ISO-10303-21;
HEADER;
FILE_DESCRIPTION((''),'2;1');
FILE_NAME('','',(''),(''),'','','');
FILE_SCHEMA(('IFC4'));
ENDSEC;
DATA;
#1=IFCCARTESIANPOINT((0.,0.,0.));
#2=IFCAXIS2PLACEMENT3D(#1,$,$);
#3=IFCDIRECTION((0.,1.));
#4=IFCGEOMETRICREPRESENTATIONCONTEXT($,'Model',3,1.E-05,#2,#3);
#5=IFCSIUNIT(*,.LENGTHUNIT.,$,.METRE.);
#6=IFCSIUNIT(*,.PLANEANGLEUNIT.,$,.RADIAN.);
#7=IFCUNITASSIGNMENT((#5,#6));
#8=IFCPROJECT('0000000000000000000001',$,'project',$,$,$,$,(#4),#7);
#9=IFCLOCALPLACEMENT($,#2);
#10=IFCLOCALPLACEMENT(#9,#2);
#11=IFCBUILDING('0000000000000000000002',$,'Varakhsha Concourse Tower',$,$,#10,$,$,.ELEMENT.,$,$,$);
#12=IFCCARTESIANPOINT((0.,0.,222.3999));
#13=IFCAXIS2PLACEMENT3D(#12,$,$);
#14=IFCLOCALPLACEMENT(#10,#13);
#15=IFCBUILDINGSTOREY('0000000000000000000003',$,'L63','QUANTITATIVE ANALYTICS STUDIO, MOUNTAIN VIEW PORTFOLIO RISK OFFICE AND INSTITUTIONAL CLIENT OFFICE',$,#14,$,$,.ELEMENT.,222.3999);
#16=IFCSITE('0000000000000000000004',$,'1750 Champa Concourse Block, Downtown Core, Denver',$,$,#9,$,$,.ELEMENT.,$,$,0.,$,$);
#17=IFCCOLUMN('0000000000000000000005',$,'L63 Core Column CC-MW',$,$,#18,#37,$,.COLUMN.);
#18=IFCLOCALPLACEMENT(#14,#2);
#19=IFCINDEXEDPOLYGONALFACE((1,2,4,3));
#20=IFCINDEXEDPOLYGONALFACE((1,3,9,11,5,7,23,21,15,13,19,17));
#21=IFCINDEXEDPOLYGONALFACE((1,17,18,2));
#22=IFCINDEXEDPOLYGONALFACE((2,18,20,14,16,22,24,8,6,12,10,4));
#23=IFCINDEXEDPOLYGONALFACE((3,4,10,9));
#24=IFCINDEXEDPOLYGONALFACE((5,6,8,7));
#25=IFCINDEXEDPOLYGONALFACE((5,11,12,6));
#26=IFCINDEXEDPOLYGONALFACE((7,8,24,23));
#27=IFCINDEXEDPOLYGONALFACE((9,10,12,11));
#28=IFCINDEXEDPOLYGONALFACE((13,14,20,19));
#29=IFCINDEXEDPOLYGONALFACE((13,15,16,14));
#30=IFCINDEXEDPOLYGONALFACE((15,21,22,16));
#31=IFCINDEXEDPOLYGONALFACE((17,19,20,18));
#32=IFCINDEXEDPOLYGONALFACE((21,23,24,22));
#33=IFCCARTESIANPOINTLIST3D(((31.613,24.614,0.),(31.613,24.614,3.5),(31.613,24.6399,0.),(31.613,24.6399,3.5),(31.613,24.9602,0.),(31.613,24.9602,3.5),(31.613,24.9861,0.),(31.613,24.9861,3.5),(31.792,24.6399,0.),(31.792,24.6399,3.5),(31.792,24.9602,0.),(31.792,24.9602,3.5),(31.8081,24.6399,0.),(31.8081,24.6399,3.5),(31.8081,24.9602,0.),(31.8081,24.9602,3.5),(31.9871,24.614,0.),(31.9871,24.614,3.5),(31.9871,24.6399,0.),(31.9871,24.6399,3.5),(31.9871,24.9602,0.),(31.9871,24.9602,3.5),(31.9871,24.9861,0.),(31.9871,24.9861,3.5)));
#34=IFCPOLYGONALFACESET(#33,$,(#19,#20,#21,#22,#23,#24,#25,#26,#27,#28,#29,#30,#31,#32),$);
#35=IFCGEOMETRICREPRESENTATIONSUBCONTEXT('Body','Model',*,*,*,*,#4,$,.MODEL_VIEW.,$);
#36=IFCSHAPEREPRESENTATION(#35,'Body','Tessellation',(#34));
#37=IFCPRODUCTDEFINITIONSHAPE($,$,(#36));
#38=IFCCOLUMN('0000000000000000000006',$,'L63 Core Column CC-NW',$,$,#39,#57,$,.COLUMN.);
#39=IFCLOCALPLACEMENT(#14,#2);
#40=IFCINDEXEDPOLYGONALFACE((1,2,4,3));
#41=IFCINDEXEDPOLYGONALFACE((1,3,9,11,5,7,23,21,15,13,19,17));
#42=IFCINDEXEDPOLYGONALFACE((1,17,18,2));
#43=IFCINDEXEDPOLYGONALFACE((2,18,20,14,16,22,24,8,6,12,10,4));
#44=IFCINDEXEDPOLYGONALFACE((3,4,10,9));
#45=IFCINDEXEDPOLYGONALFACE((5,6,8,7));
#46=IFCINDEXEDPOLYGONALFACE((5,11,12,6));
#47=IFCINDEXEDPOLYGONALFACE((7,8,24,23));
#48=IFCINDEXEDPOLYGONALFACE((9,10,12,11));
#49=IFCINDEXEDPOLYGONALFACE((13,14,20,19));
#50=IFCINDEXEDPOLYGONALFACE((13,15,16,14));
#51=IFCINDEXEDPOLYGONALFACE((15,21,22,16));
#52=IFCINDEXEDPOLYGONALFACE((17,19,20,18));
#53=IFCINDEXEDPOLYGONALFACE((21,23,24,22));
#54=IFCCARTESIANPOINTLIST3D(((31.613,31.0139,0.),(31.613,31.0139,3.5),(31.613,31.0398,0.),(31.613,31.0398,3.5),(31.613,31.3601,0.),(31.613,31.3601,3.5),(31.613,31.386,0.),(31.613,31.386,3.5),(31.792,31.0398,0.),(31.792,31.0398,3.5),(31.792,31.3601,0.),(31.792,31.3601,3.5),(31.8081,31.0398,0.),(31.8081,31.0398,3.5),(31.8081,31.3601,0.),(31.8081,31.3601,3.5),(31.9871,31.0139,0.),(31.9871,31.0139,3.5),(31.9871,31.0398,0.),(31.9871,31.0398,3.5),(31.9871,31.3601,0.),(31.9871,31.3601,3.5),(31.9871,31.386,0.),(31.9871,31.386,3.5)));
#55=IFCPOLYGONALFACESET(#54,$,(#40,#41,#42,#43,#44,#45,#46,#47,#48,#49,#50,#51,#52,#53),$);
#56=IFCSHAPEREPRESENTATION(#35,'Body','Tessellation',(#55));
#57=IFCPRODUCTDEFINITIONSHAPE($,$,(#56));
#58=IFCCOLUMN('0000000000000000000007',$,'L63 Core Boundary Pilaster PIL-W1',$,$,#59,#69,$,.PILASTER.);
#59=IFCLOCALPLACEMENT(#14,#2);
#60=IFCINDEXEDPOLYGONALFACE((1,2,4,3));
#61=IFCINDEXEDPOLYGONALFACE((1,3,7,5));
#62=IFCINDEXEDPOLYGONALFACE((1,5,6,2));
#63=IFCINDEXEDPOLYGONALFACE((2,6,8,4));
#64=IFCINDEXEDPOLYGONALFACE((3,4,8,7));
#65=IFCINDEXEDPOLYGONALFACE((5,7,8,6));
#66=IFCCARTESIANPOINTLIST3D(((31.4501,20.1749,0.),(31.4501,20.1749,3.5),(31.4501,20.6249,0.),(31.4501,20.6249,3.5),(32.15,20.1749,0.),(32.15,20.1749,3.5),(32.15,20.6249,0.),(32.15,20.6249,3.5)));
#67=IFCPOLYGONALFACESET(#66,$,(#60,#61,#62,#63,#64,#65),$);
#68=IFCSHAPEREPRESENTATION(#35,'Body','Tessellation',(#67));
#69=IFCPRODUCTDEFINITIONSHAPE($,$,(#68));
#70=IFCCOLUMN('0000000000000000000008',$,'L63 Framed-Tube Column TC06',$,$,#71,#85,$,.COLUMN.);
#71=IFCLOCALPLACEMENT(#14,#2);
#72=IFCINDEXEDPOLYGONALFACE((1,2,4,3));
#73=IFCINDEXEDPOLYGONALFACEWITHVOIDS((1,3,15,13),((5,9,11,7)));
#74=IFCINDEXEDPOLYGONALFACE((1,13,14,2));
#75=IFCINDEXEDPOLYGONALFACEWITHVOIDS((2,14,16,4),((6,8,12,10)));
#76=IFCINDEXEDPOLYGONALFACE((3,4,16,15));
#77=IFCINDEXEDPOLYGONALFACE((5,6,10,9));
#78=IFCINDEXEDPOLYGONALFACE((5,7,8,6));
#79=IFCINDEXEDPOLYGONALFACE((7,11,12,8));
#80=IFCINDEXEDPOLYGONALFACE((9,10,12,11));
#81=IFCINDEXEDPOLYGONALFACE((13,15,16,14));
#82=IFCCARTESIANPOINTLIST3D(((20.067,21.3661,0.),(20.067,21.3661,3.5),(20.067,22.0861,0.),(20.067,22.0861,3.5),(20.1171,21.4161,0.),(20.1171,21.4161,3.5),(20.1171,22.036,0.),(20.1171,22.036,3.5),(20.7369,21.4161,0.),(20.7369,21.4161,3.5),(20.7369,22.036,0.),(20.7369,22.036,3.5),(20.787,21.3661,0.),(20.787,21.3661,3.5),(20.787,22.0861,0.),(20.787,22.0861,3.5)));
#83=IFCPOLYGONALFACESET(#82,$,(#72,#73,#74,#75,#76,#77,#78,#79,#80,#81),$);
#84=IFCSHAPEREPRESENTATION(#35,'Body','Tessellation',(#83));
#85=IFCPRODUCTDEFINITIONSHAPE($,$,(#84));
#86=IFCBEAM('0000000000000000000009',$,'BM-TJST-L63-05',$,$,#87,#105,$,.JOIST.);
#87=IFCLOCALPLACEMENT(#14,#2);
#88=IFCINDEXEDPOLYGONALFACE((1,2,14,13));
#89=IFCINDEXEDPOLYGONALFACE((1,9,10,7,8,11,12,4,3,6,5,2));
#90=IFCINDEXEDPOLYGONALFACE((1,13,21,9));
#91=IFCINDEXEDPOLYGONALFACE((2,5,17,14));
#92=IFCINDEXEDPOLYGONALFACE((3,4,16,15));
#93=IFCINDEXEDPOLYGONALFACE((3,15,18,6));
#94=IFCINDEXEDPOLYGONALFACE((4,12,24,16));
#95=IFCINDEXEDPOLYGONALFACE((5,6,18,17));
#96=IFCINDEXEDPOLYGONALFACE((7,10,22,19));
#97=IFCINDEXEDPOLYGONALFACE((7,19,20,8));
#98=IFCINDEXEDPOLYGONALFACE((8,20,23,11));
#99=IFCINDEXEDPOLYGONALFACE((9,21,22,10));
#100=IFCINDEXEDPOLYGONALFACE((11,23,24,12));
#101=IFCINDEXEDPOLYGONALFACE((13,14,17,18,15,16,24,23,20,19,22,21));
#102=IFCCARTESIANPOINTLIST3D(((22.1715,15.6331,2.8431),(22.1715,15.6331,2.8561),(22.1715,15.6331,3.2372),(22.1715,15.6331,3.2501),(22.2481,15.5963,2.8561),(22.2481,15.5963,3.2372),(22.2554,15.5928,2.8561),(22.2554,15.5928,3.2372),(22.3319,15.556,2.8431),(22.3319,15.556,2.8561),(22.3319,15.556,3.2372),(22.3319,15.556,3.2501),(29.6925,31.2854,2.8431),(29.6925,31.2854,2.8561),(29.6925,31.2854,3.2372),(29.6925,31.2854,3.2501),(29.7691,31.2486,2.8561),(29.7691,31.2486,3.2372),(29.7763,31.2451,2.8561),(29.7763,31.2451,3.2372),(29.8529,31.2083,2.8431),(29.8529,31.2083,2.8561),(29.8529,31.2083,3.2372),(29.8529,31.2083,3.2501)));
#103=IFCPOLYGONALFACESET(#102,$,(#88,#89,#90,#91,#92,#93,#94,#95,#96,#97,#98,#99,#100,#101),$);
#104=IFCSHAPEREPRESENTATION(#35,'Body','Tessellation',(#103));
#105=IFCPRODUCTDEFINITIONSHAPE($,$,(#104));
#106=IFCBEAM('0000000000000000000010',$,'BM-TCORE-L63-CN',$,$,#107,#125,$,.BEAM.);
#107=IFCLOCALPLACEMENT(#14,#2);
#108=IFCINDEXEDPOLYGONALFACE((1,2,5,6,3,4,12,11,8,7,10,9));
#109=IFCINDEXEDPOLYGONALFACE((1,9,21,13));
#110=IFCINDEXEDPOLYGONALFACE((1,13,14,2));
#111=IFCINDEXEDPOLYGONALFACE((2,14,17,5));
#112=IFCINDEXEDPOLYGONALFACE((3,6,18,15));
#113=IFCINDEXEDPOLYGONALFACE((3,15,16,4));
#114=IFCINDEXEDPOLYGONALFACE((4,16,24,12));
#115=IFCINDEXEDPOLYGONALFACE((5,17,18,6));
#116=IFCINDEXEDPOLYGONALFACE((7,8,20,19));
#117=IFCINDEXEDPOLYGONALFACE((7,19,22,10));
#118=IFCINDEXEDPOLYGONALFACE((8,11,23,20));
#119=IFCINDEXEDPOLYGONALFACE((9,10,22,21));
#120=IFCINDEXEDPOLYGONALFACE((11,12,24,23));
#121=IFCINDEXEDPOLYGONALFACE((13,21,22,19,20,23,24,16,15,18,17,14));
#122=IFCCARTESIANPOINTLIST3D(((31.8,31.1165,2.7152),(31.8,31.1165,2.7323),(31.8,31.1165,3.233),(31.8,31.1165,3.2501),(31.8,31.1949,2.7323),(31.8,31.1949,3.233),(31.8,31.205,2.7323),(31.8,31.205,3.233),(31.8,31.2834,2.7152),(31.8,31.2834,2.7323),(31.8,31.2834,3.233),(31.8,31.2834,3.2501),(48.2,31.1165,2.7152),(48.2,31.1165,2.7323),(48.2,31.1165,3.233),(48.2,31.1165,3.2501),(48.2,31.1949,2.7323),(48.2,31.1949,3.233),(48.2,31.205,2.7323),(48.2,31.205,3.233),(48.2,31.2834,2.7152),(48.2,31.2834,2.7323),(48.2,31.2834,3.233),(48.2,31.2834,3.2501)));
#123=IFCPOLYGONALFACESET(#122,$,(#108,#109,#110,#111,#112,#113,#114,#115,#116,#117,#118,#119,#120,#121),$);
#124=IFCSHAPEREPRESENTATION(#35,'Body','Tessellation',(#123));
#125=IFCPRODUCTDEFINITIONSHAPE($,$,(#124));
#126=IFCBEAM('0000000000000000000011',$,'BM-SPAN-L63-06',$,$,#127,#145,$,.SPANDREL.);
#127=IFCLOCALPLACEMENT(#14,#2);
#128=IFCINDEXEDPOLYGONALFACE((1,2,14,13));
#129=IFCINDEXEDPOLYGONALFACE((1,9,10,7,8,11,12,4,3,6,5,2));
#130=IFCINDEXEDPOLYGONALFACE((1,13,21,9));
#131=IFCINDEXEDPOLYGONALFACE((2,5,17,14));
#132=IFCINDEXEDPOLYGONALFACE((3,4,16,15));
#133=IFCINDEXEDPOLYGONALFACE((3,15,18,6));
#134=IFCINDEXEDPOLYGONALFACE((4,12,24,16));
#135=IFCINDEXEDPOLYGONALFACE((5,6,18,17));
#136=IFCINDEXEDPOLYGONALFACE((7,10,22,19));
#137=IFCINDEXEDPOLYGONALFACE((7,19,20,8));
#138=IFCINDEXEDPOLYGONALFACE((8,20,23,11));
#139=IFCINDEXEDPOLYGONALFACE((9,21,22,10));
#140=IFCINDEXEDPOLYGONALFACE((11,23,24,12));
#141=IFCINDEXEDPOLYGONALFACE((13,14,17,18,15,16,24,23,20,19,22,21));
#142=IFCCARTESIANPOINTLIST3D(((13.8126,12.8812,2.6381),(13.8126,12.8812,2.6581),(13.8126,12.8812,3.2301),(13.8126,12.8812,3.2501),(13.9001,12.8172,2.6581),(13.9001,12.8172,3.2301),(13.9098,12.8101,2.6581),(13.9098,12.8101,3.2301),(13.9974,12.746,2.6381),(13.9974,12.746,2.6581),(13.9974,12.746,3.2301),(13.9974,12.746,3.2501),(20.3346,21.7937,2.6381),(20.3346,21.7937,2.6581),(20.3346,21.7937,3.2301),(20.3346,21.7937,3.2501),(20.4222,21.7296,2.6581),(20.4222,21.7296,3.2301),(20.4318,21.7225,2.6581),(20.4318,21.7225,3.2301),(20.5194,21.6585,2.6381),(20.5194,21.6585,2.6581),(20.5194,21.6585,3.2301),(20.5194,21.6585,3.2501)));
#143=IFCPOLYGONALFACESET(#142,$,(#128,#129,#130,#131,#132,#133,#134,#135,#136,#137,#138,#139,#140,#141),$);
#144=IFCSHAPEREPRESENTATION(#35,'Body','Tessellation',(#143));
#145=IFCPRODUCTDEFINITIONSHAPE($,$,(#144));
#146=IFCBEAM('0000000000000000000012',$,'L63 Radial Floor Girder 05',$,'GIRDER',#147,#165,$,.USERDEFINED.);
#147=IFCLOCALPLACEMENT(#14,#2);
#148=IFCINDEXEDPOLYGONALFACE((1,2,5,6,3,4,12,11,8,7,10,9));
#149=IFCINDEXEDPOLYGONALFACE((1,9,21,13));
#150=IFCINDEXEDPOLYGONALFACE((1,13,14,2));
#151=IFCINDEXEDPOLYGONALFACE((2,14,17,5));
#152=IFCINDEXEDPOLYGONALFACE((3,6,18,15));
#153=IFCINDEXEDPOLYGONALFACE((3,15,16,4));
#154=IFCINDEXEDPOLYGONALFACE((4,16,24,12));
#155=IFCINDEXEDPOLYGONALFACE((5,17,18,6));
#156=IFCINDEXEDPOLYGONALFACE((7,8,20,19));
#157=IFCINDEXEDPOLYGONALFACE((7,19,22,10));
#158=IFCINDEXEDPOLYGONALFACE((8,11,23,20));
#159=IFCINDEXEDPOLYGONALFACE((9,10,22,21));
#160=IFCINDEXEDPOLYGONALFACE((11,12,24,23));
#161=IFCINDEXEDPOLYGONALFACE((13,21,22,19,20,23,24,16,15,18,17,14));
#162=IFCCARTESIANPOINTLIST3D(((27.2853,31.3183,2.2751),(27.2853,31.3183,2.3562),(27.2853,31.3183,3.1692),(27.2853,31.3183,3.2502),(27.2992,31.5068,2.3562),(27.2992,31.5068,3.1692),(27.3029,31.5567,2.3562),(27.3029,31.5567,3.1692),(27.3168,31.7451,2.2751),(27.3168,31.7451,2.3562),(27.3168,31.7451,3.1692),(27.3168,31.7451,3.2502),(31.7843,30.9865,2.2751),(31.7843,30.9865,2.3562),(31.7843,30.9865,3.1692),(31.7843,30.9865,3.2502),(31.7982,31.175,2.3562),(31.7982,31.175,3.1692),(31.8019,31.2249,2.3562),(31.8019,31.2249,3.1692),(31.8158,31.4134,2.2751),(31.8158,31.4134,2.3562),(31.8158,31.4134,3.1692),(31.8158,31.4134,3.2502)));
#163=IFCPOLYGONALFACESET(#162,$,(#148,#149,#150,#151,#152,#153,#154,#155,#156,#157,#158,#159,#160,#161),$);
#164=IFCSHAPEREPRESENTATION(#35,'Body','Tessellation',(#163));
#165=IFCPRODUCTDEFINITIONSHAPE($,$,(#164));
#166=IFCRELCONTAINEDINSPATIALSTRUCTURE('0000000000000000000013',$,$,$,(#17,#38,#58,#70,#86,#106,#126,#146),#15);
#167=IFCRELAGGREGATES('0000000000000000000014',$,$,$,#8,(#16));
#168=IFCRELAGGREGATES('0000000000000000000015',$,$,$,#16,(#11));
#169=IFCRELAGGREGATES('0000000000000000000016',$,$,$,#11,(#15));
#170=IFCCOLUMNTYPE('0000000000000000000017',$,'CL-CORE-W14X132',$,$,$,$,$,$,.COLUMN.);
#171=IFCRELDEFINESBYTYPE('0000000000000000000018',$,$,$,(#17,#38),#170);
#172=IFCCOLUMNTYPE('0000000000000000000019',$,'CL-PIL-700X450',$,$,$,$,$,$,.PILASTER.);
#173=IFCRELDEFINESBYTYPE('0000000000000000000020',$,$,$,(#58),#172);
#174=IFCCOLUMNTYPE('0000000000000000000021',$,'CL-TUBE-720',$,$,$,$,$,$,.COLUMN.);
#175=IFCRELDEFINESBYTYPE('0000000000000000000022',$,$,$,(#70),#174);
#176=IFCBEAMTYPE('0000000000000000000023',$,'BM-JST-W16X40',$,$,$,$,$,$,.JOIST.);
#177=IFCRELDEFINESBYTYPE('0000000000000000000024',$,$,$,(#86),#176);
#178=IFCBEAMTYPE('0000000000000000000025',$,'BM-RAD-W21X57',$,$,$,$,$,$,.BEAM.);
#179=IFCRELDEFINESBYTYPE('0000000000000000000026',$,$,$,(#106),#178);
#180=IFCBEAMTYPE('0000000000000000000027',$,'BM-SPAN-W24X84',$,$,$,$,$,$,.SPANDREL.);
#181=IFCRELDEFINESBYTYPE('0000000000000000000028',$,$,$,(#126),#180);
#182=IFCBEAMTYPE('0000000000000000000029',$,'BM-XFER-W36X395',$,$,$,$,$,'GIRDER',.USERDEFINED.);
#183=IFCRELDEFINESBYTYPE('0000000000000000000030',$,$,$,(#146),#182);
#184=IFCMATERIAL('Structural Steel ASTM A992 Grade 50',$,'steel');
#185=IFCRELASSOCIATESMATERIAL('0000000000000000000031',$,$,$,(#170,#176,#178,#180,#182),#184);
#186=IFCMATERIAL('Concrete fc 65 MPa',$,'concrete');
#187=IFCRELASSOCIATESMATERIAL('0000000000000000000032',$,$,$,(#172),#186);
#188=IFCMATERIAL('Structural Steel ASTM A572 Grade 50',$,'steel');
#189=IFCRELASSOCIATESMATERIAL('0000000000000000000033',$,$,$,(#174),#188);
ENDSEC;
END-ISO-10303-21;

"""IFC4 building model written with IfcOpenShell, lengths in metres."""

from ifc_helpers import new_model, si_unit, direction, frame, origin, origin_2d, place, context, subcontext, project, spatial, rectangle, hollow_rectangle, i_section, extrude, material, material_profile, profile_set, type_object, element, save


model = new_model("IFC4")

# Units and contexts
model_context = context("Model", 3, precision=1e-05, world=origin(), true_north=direction((0.0, 1.0)))
body_context = subcontext(model_context, "Body", "Model", "MODEL_VIEW")
ifc_project = project(units=[si_unit("LENGTHUNIT", "METRE"), si_unit("PLANEANGLEUNIT", "RADIAN")], contexts=[model_context])

# Site, building, storey
site_placement = place(None, origin())
site = spatial("IfcSite", under=ifc_project, at=site_placement, Name="1750 Champa Concourse Block, Downtown Core, Denver", CompositionType="ELEMENT", RefElevation=0.0)
building_placement = place(site_placement, origin())
building = spatial("IfcBuilding", under=site, at=building_placement, Name="Varakhsha Concourse Tower", CompositionType="ELEMENT")
storey_placement = place(building_placement, frame((0.0, 0.0, 222.3999)))
storey = spatial("IfcBuildingStorey", under=building, at=storey_placement, Name="L63", Description="QUANTITATIVE ANALYTICS STUDIO, MOUNTAIN VIEW PORTFOLIO RISK OFFICE AND INSTITUTIONAL CLIENT OFFICE", CompositionType="ELEMENT", Elevation=222.3999)

# Columns
ifc_material_1 = material(Name="Structural Steel ASTM A992 Grade 50", Category="steel")
ifc_material_profile_1 = material_profile(ifc_material_1, i_section(OverallWidth=0.374, OverallDepth=0.3721, WebThickness=0.0161, FlangeThickness=0.0259, at=origin_2d()), Name="W14X132")
ifc_profile_set_1 = profile_set([ifc_material_profile_1], Name="Structural Steel ASTM A992 Grade 50")
column_type_1 = type_object("IfcColumnType", Name="CL-CORE-W14X132", PredefinedType="COLUMN", material=ifc_profile_set_1)
for number, where, z_axis, x_axis, name in (
    (1, (31.8, 24.8, 0.0), (0.0, 0.0, 1.0), (1.0, 0.0, 0.0), "L63 Core Column CC-MW"),
    (2, (31.8, 31.2, 0.0), (0.0, 0.0, 1.0), (1.0, 0.0, 0.0), "L63 Core Column CC-NW"),
):
    element("IfcColumn", number, at=place(storey_placement, frame(where, z_axis=z_axis, x_axis=x_axis)), inside=storey, type_object=column_type_1, Name=name, PredefinedType="COLUMN", context=body_context, shape_type="SweptSolid", body=[
        extrude(i_section(OverallWidth=0.374, OverallDepth=0.3721, WebThickness=0.0161, FlangeThickness=0.0259, at=origin_2d()), origin(), (0.0, 0.0, 1.0), 3.5),
    ])
ifc_material_2 = material(Name="Concrete fc 65 MPa", Category="concrete")
ifc_material_profile_2 = material_profile(ifc_material_2, rectangle(XDim=0.7, YDim=0.45, at=origin_2d()), Name="RC 700x450")
ifc_profile_set_2 = profile_set([ifc_material_profile_2], Name="Concrete fc 65 MPa")
column_type_2 = type_object("IfcColumnType", Name="CL-PIL-700X450", PredefinedType="PILASTER", material=ifc_profile_set_2)
column_1_placement = place(storey_placement, frame((31.8, 20.3999, 0.0), z_axis=(0.0, 0.0, 1.0), x_axis=(1.0, 0.0, 0.0)))
element("IfcColumn", 3, at=column_1_placement, inside=storey, type_object=column_type_2, Name="L63 Core Boundary Pilaster PIL-W1", PredefinedType="PILASTER", context=body_context, shape_type="SweptSolid", body=[
    extrude(rectangle(XDim=0.7, YDim=0.45, at=origin_2d()), origin(), (0.0, 0.0, 1.0), 3.5),
])
ifc_material_3 = material(Name="Structural Steel ASTM A572 Grade 50", Category="steel")
ifc_material_profile_3 = material_profile(ifc_material_3, hollow_rectangle(XDim=0.72, YDim=0.72, WallThickness=0.05, at=origin_2d()), Name="BOX 720x720x50")
ifc_profile_set_3 = profile_set([ifc_material_profile_3], Name="Structural Steel ASTM A572 Grade 50")
column_type_3 = type_object("IfcColumnType", Name="CL-TUBE-720", PredefinedType="COLUMN", material=ifc_profile_set_3)
column_2_placement = place(storey_placement, frame((20.427, 21.7261, 0.0), z_axis=(0.0, 0.0, 1.0), x_axis=(1.0, 0.0, 0.0)))
element("IfcColumn", 4, at=column_2_placement, inside=storey, type_object=column_type_3, Name="L63 Framed-Tube Column TC06", PredefinedType="COLUMN", context=body_context, shape_type="SweptSolid", body=[
    extrude(hollow_rectangle(XDim=0.72, YDim=0.72, WallThickness=0.05, at=origin_2d()), origin(), (0.0, 0.0, 1.0), 3.5),
])

# Beams
ifc_material_profile_4 = material_profile(ifc_material_1, i_section(OverallWidth=0.178, OverallDepth=0.407, WebThickness=0.0081, FlangeThickness=0.0129, at=origin_2d()), Name="W16X40")
ifc_profile_set_4 = profile_set([ifc_material_profile_4], Name="Structural Steel ASTM A992 Grade 50")
beam_type_1 = type_object("IfcBeamType", Name="BM-JST-W16X40", PredefinedType="JOIST", material=ifc_profile_set_4)
beam_1_placement = place(storey_placement, frame((29.7727, 31.2468, 3.0466), z_axis=(-0.433099, -0.901346, 0.0), x_axis=(0.901346, -0.433099, 0.0)))
element("IfcBeam", 5, at=beam_1_placement, inside=storey, type_object=beam_type_1, Name="BM-TJST-L63-05", PredefinedType="JOIST", context=body_context, shape_type="SweptSolid", body=[
    extrude(i_section(OverallWidth=0.178, OverallDepth=0.407, WebThickness=0.0081, FlangeThickness=0.0129, at=origin_2d()), origin(), (0.0, 0.0, 1.0), 17.3655),
])
ifc_material_profile_5 = material_profile(ifc_material_1, i_section(OverallWidth=0.167, OverallDepth=0.5349, WebThickness=0.01, FlangeThickness=0.0171, at=origin_2d()), Name="W21X57")
ifc_profile_set_5 = profile_set([ifc_material_profile_5], Name="Structural Steel ASTM A992 Grade 50")
beam_type_2 = type_object("IfcBeamType", Name="BM-RAD-W21X57", PredefinedType="BEAM", material=ifc_profile_set_5)
beam_2_placement = place(storey_placement, frame((31.8, 31.2, 2.9827), z_axis=(1.0, 0.0, 0.0), x_axis=(0.0, 1.0, 0.0)))
element("IfcBeam", 6, at=beam_2_placement, inside=storey, type_object=beam_type_2, Name="BM-TCORE-L63-CN", PredefinedType="BEAM", context=body_context, shape_type="SweptSolid", body=[
    extrude(i_section(OverallWidth=0.167, OverallDepth=0.5349, WebThickness=0.01, FlangeThickness=0.0171, at=origin_2d()), origin(), (0.0, 0.0, 1.0), 16.3999),
])
ifc_material_profile_6 = material_profile(ifc_material_1, i_section(OverallWidth=0.229, OverallDepth=0.6121, WebThickness=0.012, FlangeThickness=0.02, at=origin_2d()), Name="W24X84")
ifc_profile_set_6 = profile_set([ifc_material_profile_6], Name="Structural Steel ASTM A992 Grade 50")
beam_type_3 = type_object("IfcBeamType", Name="BM-SPAN-W24X84", PredefinedType="SPANDREL", material=ifc_profile_set_6)
beam_3_placement = place(storey_placement, frame((20.427, 21.7261, 2.9441), z_axis=(-0.590554, -0.806998, 0.0), x_axis=(0.806998, -0.590554, 0.0)))
element("IfcBeam", 7, at=beam_3_placement, inside=storey, type_object=beam_type_3, Name="BM-SPAN-L63-06", PredefinedType="SPANDREL", context=body_context, shape_type="SweptSolid", body=[
    extrude(i_section(OverallWidth=0.229, OverallDepth=0.6121, WebThickness=0.012, FlangeThickness=0.02, at=origin_2d()), origin(), (0.0, 0.0, 1.0), 11.0439),
])
ifc_material_profile_7 = material_profile(ifc_material_1, i_section(OverallWidth=0.428, OverallDepth=0.9751, WebThickness=0.05, FlangeThickness=0.0811, at=origin_2d()), Name="W36X395")
ifc_profile_set_7 = profile_set([ifc_material_profile_7], Name="Structural Steel ASTM A992 Grade 50")
beam_type_4 = type_object("IfcBeamType", Name="BM-XFER-W36X395", ElementType="GIRDER", PredefinedType="USERDEFINED", material=ifc_profile_set_7)
beam_4_placement = place(storey_placement, frame((31.8, 31.2, 2.7627), z_axis=(-0.997292, 0.073547, 0.0), x_axis=(-0.073547, -0.997292, 0.0)))
element("IfcBeam", 8, at=beam_4_placement, inside=storey, type_object=beam_type_4, Name="L63 Radial Floor Girder 05", ObjectType="GIRDER", PredefinedType="USERDEFINED", context=body_context, shape_type="SweptSolid", body=[
    extrude(i_section(OverallWidth=0.428, OverallDepth=0.9751, WebThickness=0.05, FlangeThickness=0.0811, at=origin_2d()), origin(), (0.0, 0.0, 1.0), 4.5112),
])

save(model, "model.ifc")
